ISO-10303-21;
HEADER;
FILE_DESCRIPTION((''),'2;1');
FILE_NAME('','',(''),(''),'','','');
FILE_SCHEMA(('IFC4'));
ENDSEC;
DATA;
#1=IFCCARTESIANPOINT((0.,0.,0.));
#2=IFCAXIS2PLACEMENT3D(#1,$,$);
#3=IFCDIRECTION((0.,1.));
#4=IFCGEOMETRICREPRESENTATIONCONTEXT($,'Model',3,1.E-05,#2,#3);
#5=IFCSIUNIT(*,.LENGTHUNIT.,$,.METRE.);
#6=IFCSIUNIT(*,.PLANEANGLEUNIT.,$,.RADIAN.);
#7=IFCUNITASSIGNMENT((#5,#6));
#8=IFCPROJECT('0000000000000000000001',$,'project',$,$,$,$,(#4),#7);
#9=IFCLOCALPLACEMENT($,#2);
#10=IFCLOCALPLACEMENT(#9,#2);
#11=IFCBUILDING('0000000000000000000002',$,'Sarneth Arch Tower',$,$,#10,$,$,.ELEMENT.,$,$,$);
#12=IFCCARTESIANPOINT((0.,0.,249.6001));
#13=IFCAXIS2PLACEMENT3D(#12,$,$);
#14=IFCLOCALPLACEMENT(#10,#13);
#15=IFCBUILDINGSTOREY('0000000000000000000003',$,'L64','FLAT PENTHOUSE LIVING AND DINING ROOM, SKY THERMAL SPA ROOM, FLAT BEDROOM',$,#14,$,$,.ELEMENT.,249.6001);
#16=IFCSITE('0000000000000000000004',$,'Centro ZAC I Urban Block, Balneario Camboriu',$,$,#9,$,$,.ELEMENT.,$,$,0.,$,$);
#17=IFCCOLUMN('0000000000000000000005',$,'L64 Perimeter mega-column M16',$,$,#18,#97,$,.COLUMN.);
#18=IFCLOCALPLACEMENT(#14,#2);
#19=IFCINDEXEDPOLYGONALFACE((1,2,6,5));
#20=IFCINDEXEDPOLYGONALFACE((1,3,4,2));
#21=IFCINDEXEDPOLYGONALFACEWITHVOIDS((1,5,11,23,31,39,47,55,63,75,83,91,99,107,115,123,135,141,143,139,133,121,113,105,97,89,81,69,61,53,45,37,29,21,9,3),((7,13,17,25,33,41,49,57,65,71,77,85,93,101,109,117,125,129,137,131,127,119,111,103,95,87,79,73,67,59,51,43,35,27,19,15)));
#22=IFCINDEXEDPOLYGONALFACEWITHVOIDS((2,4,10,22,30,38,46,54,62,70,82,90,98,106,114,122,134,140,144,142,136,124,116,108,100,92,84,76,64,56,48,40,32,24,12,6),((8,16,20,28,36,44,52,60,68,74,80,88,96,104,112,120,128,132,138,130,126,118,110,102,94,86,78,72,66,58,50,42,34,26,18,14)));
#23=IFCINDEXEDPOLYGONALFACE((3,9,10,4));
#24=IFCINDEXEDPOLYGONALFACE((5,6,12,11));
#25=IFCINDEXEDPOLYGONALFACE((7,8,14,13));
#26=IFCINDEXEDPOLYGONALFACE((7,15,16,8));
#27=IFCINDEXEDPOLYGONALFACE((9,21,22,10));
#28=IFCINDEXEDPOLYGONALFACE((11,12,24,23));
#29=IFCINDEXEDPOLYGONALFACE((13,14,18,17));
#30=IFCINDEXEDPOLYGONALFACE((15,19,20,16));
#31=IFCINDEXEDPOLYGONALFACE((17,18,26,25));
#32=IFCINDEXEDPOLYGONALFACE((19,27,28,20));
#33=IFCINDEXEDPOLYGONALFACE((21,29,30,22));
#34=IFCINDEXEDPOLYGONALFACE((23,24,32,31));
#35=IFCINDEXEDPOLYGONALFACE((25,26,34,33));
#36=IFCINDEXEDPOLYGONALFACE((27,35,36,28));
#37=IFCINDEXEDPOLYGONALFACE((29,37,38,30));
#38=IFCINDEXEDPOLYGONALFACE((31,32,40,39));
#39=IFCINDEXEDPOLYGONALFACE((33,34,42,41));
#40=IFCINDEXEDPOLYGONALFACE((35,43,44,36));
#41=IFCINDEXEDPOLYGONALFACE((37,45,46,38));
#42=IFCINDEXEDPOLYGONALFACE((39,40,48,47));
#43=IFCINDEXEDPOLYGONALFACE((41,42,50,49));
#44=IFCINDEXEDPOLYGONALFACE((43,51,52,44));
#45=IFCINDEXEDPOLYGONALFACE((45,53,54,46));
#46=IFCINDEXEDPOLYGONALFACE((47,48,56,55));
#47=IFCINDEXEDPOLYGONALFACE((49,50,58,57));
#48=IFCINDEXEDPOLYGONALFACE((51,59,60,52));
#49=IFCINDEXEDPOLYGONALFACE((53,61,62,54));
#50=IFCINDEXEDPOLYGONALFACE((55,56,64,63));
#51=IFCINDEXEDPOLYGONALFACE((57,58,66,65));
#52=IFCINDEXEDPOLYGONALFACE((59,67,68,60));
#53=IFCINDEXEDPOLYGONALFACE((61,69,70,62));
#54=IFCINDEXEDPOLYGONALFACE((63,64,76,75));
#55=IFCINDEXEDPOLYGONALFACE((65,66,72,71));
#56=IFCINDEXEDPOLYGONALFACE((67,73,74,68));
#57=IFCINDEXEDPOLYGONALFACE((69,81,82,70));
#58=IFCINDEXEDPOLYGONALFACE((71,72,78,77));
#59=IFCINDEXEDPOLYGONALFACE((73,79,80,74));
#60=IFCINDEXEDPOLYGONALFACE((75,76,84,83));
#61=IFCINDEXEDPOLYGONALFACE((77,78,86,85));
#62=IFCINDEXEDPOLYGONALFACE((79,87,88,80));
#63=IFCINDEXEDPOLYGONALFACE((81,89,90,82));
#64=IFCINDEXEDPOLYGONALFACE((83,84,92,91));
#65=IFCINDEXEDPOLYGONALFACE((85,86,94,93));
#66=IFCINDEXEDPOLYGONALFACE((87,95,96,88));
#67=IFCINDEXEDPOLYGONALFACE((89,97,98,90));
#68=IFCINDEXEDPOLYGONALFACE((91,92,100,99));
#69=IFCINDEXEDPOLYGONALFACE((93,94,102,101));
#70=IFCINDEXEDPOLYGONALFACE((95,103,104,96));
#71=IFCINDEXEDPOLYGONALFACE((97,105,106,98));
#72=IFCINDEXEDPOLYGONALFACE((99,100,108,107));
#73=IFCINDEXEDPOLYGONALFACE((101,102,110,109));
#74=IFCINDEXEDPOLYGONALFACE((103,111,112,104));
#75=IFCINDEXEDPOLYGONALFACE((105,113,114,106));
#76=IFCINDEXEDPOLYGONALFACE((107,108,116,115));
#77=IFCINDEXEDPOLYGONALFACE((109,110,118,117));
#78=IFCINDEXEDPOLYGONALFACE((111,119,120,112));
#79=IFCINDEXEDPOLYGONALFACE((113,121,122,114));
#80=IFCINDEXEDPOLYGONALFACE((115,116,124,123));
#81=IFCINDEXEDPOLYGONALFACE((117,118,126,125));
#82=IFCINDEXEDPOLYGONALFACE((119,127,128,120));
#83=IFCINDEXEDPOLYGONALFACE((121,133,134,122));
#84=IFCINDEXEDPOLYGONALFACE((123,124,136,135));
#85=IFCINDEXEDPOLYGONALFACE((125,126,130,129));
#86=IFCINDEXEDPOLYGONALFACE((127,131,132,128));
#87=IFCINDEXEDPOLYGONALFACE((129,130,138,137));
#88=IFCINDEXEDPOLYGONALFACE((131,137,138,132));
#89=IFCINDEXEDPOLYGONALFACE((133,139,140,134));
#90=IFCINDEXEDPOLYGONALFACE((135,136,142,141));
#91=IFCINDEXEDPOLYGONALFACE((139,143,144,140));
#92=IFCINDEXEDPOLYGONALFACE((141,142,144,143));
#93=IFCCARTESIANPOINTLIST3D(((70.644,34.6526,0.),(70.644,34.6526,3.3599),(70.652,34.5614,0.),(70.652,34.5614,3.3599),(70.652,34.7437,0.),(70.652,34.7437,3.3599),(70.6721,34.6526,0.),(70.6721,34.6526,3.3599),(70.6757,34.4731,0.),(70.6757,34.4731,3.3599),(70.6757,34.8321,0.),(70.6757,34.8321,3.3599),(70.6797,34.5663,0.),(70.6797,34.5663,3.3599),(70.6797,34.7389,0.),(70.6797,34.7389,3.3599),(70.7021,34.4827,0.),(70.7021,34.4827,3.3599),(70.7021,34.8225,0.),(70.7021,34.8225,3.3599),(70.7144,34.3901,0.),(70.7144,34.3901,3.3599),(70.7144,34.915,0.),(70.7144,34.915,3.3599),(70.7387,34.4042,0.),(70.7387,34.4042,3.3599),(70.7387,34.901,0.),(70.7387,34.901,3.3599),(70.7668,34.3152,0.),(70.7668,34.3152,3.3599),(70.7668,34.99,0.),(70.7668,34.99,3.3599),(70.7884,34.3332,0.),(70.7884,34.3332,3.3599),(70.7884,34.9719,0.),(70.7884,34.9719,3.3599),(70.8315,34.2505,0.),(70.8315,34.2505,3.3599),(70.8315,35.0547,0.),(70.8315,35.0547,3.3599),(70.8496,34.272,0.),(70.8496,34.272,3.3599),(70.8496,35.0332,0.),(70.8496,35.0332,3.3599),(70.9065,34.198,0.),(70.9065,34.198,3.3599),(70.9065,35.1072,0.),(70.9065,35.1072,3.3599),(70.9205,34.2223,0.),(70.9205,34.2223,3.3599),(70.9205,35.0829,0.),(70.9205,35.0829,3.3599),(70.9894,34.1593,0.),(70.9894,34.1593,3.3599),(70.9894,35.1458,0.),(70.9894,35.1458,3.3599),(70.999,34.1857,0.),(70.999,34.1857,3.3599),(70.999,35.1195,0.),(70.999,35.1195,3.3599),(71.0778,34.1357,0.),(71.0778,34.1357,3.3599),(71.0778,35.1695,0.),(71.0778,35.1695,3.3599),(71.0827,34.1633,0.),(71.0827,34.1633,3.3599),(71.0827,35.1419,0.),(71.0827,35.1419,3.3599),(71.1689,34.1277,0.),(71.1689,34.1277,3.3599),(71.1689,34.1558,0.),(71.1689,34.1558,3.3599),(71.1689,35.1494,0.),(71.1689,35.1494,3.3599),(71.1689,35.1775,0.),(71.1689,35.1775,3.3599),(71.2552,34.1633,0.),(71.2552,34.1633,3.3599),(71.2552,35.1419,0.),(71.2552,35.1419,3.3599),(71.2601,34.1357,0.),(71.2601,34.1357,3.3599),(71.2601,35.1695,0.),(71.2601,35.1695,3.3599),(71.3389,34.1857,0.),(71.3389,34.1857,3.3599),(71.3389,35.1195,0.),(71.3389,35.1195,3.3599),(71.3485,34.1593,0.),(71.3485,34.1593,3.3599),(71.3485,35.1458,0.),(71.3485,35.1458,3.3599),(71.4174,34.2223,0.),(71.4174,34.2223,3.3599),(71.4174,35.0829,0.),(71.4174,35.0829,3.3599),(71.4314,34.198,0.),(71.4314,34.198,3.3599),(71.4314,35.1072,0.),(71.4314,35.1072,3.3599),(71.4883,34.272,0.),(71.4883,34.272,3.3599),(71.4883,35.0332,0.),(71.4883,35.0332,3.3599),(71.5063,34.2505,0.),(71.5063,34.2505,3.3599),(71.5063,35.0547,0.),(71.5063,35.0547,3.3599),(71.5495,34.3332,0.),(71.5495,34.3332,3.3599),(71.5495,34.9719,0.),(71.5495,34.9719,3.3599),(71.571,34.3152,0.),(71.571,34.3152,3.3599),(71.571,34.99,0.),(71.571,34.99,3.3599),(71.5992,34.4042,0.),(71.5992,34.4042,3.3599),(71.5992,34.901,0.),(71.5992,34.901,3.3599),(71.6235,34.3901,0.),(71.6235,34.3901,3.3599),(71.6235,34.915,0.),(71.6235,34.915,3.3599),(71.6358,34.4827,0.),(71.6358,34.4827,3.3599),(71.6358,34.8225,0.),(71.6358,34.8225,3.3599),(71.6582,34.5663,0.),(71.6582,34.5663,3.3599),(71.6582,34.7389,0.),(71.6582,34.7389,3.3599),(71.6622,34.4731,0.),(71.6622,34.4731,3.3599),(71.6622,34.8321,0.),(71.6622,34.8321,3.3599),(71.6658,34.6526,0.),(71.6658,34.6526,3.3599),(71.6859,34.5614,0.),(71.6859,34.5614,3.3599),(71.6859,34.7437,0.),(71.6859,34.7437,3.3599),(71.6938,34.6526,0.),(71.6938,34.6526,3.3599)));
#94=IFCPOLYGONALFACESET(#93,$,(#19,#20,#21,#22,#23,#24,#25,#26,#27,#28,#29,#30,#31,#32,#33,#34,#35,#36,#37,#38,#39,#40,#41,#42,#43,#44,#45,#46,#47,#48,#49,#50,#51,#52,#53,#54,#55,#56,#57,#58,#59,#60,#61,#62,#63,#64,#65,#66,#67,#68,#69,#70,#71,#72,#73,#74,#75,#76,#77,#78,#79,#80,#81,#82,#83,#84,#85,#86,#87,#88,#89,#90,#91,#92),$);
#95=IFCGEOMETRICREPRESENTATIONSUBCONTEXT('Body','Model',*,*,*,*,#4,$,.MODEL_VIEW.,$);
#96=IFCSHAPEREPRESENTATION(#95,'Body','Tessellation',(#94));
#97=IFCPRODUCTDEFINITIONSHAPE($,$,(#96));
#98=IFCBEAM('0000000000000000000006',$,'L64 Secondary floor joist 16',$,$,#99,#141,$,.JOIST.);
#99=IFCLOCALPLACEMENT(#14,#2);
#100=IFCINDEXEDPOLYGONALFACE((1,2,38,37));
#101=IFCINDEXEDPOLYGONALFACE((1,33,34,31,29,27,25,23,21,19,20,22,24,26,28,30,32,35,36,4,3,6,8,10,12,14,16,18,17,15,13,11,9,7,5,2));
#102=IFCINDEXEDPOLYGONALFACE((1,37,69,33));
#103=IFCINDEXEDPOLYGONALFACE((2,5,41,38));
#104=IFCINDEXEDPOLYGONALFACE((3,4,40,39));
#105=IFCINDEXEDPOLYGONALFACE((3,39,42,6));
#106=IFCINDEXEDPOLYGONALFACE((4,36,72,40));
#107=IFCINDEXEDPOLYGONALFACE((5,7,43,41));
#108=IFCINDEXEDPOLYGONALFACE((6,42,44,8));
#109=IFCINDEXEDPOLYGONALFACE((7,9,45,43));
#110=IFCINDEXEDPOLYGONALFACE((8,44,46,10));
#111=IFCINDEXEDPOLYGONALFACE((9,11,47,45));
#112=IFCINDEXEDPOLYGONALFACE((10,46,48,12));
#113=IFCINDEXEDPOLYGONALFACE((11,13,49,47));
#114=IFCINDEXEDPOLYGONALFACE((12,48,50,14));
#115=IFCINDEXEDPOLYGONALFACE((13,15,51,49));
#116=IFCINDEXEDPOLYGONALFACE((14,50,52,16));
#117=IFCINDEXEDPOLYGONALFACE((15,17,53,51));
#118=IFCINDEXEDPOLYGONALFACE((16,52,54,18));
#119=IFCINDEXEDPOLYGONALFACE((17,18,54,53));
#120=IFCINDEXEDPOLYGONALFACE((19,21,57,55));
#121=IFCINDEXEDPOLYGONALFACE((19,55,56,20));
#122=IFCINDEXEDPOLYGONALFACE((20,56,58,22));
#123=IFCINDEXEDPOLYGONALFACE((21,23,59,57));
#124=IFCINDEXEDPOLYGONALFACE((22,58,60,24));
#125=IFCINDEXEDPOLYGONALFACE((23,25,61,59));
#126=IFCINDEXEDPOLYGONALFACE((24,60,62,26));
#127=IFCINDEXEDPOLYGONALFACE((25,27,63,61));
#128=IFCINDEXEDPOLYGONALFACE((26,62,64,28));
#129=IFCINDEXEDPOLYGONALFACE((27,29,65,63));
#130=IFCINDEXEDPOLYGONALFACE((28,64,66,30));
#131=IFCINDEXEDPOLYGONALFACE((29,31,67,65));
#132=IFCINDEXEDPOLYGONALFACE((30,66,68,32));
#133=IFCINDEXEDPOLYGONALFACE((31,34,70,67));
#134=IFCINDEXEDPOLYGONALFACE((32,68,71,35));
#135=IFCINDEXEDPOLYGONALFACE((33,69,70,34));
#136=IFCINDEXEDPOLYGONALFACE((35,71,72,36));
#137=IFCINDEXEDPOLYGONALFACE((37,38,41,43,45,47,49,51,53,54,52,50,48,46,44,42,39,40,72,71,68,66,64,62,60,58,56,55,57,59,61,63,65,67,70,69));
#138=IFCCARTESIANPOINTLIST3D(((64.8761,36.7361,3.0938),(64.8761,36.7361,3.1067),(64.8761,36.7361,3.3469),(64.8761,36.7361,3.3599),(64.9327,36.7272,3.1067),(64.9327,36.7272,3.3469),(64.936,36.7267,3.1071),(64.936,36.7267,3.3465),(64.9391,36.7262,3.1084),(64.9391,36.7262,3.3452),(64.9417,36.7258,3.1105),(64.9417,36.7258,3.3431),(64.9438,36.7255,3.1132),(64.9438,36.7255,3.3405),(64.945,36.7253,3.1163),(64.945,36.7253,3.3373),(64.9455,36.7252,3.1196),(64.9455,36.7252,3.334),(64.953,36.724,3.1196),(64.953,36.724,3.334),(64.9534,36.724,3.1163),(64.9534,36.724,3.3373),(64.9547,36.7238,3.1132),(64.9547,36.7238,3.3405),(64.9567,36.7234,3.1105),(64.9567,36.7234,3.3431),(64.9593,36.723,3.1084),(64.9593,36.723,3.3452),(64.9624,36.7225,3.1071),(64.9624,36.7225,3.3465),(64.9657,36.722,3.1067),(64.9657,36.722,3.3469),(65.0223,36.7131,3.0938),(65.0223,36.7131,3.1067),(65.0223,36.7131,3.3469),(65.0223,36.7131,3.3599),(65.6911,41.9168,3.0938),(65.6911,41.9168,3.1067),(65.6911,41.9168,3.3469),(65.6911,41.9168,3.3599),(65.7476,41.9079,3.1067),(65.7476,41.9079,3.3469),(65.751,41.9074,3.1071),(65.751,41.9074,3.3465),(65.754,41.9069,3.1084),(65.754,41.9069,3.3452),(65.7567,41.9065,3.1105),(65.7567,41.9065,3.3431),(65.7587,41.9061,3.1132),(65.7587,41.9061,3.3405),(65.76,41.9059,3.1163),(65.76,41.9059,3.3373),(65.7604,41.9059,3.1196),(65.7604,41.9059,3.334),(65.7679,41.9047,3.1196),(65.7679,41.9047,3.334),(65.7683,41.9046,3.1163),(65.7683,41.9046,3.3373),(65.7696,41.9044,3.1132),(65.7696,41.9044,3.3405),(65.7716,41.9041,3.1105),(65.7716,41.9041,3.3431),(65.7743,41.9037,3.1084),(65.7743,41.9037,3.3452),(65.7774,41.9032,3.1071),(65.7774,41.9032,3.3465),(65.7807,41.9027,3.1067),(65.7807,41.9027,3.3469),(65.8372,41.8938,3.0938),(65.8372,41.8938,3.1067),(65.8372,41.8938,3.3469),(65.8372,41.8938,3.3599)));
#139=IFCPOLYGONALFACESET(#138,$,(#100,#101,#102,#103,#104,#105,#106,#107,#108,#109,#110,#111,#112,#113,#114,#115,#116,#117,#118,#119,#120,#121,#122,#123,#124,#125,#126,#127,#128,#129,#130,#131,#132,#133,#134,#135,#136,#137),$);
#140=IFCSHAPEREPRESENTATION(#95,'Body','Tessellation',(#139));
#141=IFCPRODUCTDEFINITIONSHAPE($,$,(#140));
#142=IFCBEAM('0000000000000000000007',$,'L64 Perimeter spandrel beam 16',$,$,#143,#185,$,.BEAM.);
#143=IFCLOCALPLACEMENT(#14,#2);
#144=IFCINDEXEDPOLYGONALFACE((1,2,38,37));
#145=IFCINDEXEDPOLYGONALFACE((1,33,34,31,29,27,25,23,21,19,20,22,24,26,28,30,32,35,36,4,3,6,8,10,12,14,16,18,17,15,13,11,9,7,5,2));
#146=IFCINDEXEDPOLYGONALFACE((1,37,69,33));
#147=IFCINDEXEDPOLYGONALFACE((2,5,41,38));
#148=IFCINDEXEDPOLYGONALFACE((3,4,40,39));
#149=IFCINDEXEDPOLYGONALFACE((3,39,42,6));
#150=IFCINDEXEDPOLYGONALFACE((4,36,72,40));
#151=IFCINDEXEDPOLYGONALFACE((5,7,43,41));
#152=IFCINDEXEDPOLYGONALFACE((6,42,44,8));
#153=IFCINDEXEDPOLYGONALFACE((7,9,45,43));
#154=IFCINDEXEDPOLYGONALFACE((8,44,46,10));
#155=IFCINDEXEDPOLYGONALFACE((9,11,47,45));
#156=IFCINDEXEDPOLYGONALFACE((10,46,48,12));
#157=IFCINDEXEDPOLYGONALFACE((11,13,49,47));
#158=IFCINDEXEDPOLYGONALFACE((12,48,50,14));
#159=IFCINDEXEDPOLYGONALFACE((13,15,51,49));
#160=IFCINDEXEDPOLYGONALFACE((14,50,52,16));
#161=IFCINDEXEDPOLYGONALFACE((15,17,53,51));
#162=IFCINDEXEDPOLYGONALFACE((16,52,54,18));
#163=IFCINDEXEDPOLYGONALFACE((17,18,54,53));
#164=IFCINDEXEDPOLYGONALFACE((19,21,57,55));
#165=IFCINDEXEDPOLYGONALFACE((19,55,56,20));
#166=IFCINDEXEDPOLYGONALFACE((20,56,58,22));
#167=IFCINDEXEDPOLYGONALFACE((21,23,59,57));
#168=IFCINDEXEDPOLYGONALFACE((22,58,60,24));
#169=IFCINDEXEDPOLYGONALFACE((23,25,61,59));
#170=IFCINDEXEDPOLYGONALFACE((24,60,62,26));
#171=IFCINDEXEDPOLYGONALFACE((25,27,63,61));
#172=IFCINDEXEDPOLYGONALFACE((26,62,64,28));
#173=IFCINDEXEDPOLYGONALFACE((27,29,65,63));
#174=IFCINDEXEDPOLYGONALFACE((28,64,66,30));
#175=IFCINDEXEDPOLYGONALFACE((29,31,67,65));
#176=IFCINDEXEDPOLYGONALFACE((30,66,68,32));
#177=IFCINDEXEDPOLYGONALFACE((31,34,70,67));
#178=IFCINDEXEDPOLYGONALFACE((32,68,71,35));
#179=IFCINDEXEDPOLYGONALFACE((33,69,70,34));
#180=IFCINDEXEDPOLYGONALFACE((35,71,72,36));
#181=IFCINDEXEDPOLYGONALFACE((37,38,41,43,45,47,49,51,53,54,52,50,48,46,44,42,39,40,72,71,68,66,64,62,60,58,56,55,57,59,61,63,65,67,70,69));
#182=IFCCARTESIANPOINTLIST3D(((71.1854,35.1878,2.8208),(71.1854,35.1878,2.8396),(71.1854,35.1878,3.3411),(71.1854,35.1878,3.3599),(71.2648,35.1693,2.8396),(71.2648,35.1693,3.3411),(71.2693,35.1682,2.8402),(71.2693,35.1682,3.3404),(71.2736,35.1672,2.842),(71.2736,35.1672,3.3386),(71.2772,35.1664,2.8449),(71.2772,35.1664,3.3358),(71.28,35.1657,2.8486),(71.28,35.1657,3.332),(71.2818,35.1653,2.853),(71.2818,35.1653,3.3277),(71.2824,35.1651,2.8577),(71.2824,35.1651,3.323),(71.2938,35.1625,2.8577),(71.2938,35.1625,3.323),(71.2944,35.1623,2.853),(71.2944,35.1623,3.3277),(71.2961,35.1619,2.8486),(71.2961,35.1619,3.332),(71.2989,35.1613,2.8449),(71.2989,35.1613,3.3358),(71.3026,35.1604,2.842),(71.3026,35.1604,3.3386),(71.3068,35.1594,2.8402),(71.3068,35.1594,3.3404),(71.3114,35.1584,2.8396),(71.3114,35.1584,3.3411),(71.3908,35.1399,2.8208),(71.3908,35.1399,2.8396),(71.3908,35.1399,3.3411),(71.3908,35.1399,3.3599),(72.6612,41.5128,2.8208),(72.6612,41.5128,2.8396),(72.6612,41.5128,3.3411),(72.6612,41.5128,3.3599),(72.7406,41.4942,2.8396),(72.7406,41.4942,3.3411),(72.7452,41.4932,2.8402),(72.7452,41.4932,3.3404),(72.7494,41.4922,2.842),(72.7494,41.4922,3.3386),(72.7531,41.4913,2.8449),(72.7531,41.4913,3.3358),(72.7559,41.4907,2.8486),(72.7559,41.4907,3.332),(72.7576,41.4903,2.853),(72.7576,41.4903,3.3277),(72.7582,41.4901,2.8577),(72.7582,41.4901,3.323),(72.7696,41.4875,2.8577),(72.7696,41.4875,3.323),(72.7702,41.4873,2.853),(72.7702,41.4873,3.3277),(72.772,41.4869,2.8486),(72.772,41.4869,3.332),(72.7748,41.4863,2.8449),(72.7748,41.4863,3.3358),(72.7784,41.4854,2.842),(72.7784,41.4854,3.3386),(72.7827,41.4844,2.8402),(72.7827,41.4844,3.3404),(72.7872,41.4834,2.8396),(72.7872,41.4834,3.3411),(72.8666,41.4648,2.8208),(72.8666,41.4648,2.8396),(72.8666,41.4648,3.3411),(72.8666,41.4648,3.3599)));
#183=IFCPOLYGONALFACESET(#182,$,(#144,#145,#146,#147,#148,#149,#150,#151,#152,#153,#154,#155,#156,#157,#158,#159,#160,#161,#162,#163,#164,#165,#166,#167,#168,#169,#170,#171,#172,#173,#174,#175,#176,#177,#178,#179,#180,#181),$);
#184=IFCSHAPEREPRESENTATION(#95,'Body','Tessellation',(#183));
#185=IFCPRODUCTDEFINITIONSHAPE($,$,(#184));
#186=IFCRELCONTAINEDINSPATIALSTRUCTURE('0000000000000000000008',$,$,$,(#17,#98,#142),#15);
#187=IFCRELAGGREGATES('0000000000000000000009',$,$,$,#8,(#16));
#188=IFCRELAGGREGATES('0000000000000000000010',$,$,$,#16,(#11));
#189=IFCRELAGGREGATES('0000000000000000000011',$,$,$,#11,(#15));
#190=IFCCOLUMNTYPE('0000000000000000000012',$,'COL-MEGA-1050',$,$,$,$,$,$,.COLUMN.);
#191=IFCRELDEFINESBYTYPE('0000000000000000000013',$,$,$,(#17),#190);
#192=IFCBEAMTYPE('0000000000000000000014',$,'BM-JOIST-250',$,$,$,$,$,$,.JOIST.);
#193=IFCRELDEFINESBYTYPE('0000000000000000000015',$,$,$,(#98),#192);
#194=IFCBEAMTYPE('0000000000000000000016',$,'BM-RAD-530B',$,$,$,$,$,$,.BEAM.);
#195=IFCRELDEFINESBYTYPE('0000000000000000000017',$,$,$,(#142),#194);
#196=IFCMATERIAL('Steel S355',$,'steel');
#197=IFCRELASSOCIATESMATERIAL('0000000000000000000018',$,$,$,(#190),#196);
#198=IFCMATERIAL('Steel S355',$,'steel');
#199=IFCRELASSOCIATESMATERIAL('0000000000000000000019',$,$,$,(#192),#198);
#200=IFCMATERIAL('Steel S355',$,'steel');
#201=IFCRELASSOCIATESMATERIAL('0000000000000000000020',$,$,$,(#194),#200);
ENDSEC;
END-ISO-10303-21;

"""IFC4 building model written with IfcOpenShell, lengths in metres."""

from ifc_helpers import new_model, si_unit, direction, frame, origin, origin_2d, place, context, subcontext, project, spatial, hollow_circle, i_section, extrude, material, material_profile, profile_set, type_object, element, save


model = new_model("IFC4")

# Units and contexts
model_context = context("Model", 3, precision=1e-05, world=origin(), true_north=direction((0.0, 1.0)))
body_context = subcontext(model_context, "Body", "Model", "MODEL_VIEW")
ifc_project = project(units=[si_unit("LENGTHUNIT", "METRE"), si_unit("PLANEANGLEUNIT", "RADIAN")], contexts=[model_context])

# Site, building, storey
site_placement = place(None, origin())
site = spatial("IfcSite", under=ifc_project, at=site_placement, Name="Centro ZAC I Urban Block, Balneario Camboriu", CompositionType="ELEMENT", RefElevation=0.0)
building_placement = place(site_placement, origin())
building = spatial("IfcBuilding", under=site, at=building_placement, Name="Sarneth Arch Tower", CompositionType="ELEMENT")
storey_placement = place(building_placement, frame((0.0, 0.0, 249.6001)))
storey = spatial("IfcBuildingStorey", under=building, at=storey_placement, Name="L64", Description="FLAT PENTHOUSE LIVING AND DINING ROOM, SKY THERMAL SPA ROOM, FLAT BEDROOM", CompositionType="ELEMENT", Elevation=249.6001)

# Column
ifc_material_1 = material(Name="Steel S355", Category="steel")
ifc_material_profile_1 = material_profile(ifc_material_1, hollow_circle(Radius=0.5249, WallThickness=0.0281, at=origin_2d()), Name="CHS1050x28")
ifc_profile_set_1 = profile_set([ifc_material_profile_1], Name="Steel S355")
column_type = type_object("IfcColumnType", Name="COL-MEGA-1050", PredefinedType="COLUMN", material=ifc_profile_set_1)
column_placement = place(storey_placement, frame((71.1689, 34.6526, 0.0), z_axis=(0.0, 0.0, 1.0), x_axis=(1.0, 0.0, 0.0)))
element("IfcColumn", 1, at=column_placement, inside=storey, type_object=column_type, Name="L64 Perimeter mega-column M16", PredefinedType="COLUMN", context=body_context, shape_type="SweptSolid", body=[
    extrude(hollow_circle(Radius=0.5249, WallThickness=0.0281, at=origin_2d()), origin(), (0.0, 0.0, 1.0), 3.3599),
])

# Beams
ifc_material_2 = material(Name="Steel S355", Category="steel")
ifc_material_profile_2 = material_profile(ifc_material_2, i_section(OverallWidth=0.1479, OverallDepth=0.2661, WebThickness=0.0076, FlangeThickness=0.0129, FilletRadius=0.0129, at=origin_2d()), Name="W250x44.8")
ifc_profile_set_2 = profile_set([ifc_material_profile_2], Name="Steel S355")
beam_type_1 = type_object("IfcBeamType", Name="BM-JOIST-250", PredefinedType="JOIST", material=ifc_profile_set_2)
beam_1_placement = place(storey_placement, frame((64.9492, 36.7246, 3.2268), z_axis=(0.155394, 0.987853, 0.0), x_axis=(-0.987853, 0.155394, 0.0)))
element("IfcBeam", 2, at=beam_1_placement, inside=storey, type_object=beam_type_1, Name="L64 Secondary floor joist 16", PredefinedType="JOIST", context=body_context, shape_type="SweptSolid", body=[
    extrude(i_section(OverallWidth=0.1479, OverallDepth=0.2661, WebThickness=0.0076, FlangeThickness=0.0129, FilletRadius=0.0129, at=origin_2d()), origin(), (0.0, 0.0, 1.0), 5.2444),
])
ifc_material_3 = material(Name="Steel S355", Category="steel")
ifc_material_profile_3 = material_profile(ifc_material_3, i_section(OverallWidth=0.2109, OverallDepth=0.5391, WebThickness=0.0117, FlangeThickness=0.0188, FilletRadius=0.0181, at=origin_2d()), Name="W530x109")
ifc_profile_set_3 = profile_set([ifc_material_profile_3], Name="Steel S355")
beam_type_2 = type_object("IfcBeamType", Name="BM-RAD-530B", PredefinedType="BEAM", material=ifc_profile_set_3)
beam_2_placement = place(storey_placement, frame((71.2881, 35.1638, 3.0903), z_axis=(0.227231, 0.973841, 0.0), x_axis=(-0.973841, 0.227231, 0.0)))
element("IfcBeam", 3, at=beam_2_placement, inside=storey, type_object=beam_type_2, Name="L64 Perimeter spandrel beam 16", PredefinedType="BEAM", context=body_context, shape_type="SweptSolid", body=[
    extrude(i_section(OverallWidth=0.2109, OverallDepth=0.5391, WebThickness=0.0117, FlangeThickness=0.0188, FilletRadius=0.0181, at=origin_2d()), origin(), (0.0, 0.0, 1.0), 6.4949),
])

save(model, "model.ifc")
